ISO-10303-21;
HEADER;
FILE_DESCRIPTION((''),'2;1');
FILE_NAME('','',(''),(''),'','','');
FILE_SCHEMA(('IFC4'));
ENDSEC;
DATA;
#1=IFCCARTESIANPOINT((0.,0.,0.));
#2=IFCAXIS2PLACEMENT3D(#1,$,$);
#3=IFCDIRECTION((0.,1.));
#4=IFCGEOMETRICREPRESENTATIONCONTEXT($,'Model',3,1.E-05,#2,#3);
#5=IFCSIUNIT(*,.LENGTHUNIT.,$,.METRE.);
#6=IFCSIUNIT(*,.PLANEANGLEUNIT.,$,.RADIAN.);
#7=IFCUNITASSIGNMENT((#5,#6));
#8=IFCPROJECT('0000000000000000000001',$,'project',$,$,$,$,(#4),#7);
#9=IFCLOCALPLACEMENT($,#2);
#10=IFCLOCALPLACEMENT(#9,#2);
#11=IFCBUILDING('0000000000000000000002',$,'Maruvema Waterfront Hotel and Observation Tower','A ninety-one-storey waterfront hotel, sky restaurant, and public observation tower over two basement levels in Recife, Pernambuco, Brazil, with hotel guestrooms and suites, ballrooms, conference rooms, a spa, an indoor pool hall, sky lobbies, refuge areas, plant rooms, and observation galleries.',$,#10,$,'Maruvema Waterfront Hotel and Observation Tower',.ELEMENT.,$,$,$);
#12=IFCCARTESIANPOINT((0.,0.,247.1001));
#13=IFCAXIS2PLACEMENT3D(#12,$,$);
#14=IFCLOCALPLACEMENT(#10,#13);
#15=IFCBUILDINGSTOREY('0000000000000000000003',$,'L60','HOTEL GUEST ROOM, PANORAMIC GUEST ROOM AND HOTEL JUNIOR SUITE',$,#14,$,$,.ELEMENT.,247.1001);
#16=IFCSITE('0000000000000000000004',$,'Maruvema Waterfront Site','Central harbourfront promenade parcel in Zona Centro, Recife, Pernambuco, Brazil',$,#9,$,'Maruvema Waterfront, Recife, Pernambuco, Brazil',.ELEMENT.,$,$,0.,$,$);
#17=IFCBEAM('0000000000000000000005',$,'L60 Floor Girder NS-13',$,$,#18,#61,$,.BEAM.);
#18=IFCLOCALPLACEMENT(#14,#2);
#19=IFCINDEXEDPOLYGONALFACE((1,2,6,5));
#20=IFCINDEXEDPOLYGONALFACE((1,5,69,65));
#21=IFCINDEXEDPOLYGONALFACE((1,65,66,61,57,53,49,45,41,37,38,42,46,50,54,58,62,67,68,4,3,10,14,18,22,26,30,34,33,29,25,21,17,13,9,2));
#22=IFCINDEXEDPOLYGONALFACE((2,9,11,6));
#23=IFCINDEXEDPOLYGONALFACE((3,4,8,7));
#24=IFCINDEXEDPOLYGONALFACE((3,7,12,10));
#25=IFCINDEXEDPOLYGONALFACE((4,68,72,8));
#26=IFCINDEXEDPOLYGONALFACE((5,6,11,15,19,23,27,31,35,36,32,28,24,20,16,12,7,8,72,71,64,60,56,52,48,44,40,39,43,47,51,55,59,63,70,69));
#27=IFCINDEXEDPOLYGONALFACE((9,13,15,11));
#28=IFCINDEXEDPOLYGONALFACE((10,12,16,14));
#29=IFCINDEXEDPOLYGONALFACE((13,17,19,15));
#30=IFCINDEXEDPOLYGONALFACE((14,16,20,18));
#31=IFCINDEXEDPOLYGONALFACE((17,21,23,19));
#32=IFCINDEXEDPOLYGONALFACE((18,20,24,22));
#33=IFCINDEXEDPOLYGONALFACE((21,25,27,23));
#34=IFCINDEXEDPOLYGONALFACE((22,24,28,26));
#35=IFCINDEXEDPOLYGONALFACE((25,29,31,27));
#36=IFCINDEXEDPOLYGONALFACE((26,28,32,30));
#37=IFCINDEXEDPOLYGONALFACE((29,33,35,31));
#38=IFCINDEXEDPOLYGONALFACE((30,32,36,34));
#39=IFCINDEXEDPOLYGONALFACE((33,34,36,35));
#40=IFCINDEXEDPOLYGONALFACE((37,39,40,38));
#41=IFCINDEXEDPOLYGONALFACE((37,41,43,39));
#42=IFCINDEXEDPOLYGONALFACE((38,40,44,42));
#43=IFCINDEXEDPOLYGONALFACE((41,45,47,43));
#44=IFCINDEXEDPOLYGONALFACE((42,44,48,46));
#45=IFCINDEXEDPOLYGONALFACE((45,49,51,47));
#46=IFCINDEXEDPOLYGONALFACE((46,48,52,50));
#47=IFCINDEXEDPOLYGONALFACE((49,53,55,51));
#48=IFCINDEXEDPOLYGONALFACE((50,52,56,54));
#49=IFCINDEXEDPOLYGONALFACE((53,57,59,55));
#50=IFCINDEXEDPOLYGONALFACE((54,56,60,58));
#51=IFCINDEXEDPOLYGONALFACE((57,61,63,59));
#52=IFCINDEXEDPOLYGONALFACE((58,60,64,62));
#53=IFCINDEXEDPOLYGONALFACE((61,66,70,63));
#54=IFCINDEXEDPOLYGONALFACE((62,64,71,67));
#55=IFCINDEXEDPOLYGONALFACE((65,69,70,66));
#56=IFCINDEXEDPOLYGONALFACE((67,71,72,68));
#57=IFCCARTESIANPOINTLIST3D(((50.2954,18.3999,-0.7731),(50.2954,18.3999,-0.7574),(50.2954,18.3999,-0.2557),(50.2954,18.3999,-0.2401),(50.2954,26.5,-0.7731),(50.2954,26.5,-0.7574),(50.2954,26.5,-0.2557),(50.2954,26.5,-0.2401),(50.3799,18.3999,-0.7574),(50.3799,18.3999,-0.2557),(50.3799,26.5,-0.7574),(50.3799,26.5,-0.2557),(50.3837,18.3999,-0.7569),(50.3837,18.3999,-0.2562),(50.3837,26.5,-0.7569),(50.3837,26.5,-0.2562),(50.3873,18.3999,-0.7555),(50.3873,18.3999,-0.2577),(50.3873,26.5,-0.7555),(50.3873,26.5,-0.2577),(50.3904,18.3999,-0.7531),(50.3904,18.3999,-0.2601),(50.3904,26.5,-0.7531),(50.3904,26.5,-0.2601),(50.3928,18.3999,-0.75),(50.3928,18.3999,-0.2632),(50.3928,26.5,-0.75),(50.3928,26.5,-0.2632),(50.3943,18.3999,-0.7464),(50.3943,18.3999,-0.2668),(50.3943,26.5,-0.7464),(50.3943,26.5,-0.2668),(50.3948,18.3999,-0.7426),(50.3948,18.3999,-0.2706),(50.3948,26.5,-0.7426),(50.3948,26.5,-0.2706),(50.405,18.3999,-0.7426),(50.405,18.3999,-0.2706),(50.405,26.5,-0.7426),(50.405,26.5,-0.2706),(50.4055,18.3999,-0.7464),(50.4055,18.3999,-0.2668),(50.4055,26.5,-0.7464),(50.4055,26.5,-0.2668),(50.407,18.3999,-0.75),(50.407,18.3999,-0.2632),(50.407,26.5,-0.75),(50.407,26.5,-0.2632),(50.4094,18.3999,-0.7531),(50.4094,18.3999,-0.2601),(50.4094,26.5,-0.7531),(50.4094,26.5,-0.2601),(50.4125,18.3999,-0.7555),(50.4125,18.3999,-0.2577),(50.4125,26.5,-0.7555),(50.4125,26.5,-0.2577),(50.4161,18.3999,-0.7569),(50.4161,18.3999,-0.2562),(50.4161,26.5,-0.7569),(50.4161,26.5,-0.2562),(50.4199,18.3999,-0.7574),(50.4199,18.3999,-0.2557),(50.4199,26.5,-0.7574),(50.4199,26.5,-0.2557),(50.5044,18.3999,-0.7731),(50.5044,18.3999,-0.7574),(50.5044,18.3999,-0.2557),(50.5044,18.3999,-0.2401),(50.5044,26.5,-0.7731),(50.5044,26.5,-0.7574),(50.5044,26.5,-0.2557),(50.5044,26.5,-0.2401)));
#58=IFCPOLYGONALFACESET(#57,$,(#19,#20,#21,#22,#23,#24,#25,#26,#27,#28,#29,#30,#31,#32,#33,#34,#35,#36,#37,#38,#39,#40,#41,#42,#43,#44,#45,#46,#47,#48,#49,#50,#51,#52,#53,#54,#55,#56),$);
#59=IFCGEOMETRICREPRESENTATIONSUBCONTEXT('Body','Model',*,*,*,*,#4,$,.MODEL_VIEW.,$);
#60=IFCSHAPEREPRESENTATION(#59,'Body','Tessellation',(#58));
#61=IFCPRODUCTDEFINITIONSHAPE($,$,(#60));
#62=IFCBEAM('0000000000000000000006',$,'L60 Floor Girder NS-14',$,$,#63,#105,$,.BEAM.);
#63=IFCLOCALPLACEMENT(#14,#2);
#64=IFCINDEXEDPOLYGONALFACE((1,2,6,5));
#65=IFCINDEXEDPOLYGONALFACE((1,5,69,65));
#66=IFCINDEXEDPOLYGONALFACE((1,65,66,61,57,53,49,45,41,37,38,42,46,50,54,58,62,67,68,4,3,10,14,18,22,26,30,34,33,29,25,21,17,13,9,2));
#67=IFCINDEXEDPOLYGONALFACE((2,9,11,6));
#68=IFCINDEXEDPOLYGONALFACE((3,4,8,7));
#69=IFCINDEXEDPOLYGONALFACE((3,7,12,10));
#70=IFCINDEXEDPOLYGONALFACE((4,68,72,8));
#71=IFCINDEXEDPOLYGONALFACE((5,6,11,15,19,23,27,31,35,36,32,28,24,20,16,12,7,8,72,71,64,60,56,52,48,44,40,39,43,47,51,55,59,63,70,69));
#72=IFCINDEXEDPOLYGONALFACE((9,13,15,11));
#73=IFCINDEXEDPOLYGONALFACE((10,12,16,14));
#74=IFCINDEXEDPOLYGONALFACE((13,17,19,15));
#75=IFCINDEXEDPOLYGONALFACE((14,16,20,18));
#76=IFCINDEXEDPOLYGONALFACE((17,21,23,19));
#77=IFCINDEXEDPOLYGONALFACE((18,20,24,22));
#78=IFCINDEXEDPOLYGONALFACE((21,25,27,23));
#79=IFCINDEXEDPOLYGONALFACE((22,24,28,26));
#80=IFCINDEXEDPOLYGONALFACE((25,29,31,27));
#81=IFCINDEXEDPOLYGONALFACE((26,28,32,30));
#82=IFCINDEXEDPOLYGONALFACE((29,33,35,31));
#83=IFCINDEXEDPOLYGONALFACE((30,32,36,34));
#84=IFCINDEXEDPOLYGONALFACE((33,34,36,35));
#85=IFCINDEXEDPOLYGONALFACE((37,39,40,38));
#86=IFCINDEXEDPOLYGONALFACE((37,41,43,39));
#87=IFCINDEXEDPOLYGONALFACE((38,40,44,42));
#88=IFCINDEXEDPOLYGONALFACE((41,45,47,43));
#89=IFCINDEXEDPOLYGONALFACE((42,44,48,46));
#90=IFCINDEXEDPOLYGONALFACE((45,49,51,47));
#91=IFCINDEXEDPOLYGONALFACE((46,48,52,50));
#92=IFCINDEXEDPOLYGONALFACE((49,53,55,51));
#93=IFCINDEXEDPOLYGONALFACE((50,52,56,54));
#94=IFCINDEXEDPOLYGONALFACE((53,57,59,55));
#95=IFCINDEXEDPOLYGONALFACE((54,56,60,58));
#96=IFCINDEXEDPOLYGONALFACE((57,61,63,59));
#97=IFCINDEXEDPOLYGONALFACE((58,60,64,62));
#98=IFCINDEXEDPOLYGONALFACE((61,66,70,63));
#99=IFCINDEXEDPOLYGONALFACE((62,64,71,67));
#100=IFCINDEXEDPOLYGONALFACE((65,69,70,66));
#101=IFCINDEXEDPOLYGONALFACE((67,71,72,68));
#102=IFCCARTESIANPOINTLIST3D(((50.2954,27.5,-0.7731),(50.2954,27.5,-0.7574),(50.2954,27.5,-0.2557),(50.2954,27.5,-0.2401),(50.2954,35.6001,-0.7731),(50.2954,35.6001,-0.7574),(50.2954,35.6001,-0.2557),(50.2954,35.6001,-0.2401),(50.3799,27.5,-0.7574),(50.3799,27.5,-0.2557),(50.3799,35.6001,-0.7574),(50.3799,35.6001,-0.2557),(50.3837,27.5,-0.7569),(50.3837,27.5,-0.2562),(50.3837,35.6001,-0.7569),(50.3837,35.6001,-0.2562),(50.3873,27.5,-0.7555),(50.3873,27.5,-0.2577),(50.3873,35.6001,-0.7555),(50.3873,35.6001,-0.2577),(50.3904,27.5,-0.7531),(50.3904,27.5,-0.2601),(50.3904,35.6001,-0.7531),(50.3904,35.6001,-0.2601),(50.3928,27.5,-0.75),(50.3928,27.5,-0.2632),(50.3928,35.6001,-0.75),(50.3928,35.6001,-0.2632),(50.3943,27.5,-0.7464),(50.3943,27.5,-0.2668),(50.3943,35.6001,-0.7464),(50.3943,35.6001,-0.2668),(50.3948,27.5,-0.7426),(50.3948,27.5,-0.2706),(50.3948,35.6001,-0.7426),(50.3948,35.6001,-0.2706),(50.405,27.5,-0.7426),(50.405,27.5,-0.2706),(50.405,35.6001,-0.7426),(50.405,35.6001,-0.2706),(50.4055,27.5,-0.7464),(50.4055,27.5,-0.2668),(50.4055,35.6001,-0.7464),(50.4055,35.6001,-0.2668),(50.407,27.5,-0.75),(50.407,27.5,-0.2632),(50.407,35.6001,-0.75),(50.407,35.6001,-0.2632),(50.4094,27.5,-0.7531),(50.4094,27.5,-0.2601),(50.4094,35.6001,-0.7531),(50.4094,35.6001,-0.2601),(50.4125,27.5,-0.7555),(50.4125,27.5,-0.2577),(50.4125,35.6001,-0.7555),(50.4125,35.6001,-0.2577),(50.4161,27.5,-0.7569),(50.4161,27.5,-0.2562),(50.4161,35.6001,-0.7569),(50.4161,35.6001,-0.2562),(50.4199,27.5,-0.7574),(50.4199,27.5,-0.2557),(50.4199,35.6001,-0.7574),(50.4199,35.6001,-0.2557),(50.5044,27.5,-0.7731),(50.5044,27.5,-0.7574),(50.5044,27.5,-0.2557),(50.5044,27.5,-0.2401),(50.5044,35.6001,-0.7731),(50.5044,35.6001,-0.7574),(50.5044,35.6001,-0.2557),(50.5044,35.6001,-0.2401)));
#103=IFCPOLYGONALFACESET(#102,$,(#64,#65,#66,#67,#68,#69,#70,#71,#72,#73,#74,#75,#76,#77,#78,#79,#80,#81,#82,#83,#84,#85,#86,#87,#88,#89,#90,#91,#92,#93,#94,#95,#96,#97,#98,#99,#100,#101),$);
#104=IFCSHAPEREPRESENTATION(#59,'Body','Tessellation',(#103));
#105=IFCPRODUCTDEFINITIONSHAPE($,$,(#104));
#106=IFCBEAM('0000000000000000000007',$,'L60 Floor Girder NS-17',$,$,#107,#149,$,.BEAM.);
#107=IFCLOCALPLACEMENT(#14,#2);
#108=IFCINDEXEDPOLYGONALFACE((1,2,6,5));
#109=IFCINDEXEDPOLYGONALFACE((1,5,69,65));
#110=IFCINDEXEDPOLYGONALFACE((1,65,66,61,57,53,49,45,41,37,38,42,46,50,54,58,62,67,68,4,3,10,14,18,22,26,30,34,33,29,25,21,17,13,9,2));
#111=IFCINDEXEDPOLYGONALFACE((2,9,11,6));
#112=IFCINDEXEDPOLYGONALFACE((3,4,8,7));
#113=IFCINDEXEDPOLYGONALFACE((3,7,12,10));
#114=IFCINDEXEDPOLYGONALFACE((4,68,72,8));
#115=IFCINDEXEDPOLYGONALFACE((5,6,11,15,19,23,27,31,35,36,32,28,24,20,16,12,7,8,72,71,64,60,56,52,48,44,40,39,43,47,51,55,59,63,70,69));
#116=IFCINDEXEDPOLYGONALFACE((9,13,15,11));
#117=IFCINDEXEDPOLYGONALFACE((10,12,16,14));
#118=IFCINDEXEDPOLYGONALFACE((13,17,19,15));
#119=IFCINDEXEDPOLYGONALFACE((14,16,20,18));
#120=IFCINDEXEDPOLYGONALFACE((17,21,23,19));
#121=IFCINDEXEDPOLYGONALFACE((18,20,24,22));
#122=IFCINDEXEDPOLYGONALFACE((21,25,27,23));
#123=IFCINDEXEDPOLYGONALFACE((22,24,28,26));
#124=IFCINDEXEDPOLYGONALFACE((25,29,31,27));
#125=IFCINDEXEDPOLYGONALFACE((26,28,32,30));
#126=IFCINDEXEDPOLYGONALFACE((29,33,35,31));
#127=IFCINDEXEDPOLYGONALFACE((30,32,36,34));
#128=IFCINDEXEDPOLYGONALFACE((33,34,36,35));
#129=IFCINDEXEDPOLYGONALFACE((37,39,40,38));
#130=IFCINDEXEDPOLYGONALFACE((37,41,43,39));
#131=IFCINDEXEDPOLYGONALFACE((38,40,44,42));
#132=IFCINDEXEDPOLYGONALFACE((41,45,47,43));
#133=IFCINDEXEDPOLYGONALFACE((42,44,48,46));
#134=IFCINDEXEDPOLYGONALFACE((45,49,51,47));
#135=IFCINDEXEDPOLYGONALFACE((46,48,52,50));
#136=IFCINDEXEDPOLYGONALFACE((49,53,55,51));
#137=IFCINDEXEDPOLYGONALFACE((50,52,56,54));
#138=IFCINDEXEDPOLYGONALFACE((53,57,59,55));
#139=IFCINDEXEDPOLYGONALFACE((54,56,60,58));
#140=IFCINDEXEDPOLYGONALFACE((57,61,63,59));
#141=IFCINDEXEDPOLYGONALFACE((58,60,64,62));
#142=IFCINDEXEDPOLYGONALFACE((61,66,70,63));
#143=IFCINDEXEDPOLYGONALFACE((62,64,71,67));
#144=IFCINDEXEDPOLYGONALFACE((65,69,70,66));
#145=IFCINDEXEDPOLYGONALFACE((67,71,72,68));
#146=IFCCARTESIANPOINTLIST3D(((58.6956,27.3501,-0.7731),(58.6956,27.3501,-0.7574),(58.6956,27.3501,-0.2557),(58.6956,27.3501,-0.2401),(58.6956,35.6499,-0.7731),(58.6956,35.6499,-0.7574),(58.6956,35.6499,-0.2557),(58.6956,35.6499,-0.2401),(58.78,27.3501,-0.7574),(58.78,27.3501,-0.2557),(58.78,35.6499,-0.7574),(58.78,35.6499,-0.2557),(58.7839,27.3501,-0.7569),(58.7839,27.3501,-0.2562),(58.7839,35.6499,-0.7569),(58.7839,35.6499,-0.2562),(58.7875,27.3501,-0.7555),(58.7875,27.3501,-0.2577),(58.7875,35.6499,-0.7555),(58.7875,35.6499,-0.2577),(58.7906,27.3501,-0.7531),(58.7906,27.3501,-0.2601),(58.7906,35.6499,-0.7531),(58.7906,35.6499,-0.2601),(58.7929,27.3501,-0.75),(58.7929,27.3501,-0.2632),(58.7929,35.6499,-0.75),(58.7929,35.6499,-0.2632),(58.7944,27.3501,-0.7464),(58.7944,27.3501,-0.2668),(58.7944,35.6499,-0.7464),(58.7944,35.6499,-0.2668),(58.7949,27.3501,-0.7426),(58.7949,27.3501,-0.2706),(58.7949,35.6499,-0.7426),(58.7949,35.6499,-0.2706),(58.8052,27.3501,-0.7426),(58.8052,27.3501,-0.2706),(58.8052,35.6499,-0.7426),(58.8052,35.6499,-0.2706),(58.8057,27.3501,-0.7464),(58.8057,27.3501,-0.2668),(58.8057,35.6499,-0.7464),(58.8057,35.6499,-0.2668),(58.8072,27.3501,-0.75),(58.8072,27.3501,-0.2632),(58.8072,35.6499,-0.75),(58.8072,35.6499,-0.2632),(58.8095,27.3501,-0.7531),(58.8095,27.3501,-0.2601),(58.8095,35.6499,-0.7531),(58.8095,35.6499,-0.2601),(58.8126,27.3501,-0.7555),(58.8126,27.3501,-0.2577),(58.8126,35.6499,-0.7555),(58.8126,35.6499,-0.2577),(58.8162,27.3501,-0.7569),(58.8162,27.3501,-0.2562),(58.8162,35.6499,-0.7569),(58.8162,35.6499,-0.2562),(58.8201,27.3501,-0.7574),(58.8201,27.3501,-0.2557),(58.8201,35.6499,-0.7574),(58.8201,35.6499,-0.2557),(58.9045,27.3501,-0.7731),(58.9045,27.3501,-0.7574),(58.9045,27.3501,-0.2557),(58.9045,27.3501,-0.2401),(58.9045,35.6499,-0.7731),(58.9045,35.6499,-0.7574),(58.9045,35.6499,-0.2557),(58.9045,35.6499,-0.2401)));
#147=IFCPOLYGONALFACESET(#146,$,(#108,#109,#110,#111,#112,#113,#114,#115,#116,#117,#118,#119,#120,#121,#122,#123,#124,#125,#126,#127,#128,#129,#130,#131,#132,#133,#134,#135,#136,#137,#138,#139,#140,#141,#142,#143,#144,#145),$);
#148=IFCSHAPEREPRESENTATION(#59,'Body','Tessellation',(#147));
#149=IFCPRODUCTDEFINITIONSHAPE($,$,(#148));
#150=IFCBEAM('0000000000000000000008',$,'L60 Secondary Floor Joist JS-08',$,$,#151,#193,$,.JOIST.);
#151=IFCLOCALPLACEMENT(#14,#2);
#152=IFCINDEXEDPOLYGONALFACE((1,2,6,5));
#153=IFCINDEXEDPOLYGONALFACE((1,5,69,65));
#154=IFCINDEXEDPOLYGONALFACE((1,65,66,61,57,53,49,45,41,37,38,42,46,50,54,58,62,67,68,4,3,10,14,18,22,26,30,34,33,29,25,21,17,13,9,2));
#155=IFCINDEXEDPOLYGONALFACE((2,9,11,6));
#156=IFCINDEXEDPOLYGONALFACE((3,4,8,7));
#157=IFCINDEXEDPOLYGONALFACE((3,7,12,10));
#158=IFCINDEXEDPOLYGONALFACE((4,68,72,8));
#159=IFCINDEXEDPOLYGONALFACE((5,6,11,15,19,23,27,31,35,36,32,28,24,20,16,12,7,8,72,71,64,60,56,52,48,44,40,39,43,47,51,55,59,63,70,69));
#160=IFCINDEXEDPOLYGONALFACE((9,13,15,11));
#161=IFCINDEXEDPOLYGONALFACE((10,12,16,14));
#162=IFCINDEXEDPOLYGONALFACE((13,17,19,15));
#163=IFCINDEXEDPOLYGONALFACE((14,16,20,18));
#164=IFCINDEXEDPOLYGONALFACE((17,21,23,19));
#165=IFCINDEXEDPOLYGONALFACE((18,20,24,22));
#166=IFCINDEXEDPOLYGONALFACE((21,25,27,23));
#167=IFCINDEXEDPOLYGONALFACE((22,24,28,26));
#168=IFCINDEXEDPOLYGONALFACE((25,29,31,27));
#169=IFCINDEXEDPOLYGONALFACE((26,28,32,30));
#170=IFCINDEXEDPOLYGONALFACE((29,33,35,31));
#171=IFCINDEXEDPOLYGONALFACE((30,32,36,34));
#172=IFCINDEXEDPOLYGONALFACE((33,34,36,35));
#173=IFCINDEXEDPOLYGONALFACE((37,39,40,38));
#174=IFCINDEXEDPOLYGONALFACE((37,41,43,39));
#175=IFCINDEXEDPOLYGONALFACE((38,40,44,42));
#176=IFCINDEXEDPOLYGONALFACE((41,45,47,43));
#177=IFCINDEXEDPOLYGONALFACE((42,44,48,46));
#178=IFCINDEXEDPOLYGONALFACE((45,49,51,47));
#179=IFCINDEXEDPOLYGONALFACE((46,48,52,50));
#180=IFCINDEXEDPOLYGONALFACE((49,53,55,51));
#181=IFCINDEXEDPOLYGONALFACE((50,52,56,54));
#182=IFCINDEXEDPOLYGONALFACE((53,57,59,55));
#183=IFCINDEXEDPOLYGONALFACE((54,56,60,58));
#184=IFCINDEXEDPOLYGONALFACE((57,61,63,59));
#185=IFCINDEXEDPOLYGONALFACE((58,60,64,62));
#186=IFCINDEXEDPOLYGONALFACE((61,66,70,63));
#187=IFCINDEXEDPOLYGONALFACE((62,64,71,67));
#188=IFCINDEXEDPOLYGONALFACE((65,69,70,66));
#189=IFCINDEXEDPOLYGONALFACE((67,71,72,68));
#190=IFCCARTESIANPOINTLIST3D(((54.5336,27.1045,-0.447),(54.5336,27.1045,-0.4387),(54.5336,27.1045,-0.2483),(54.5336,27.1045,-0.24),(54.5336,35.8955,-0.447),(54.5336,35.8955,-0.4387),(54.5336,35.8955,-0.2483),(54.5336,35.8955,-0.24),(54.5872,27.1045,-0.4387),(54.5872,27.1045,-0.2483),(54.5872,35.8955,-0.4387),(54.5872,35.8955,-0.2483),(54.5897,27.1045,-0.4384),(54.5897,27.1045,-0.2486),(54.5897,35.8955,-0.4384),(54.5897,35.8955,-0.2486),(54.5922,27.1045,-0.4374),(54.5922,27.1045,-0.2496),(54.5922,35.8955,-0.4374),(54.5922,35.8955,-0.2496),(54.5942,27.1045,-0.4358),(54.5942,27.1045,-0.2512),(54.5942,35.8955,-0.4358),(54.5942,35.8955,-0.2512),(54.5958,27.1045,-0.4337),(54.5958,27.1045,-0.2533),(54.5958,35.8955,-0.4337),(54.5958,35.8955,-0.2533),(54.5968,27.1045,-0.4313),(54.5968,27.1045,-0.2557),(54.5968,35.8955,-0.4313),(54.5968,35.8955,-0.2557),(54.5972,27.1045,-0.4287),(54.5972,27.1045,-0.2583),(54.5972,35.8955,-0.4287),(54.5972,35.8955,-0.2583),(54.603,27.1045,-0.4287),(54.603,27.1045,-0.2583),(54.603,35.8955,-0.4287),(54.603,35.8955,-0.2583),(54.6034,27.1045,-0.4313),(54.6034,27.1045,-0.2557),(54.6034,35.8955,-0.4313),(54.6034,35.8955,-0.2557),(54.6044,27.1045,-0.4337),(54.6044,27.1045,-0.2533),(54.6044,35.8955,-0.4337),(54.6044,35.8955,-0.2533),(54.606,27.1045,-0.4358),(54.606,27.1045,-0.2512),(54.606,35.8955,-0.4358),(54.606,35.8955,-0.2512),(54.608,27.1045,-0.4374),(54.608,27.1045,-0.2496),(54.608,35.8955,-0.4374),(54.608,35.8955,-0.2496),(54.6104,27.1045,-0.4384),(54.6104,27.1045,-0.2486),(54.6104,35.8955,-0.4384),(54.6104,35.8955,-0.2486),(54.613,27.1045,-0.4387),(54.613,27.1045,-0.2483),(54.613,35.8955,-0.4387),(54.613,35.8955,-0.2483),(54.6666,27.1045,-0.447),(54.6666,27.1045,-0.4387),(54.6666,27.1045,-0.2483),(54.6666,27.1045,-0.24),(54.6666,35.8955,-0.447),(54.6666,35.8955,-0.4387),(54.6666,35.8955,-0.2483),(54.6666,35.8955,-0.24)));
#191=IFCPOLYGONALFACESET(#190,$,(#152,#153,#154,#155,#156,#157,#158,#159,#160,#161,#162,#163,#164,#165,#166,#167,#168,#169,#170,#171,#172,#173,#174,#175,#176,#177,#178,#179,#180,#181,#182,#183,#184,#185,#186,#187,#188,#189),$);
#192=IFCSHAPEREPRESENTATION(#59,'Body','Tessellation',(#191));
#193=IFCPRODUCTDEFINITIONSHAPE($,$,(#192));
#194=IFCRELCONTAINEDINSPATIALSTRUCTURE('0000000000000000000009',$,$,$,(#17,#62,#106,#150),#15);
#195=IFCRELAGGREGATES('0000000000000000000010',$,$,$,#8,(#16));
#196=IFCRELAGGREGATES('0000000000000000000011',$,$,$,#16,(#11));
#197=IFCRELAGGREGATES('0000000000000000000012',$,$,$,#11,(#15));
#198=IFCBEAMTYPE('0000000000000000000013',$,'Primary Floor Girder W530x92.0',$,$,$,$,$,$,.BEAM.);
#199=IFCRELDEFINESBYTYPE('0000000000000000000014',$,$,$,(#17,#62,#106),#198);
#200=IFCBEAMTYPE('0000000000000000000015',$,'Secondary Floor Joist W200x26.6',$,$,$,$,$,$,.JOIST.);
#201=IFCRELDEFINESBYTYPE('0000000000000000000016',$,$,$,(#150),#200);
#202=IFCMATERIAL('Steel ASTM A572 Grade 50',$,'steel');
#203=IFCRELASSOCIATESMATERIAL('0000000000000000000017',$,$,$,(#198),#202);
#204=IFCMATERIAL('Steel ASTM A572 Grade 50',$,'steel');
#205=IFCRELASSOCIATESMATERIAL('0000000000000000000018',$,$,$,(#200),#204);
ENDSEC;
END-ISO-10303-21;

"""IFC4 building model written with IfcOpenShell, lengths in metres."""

from ifc_helpers import new_model, si_unit, direction, frame, origin, origin_2d, place, context, subcontext, project, spatial, i_section, extrude, material, material_profile, profile_set, type_object, element, save


model = new_model("IFC4")

# Units and contexts
model_context = context("Model", 3, precision=1e-05, world=origin(), true_north=direction((0.0, 1.0)))
body_context = subcontext(model_context, "Body", "Model", "MODEL_VIEW")
ifc_project = project(units=[si_unit("LENGTHUNIT", "METRE"), si_unit("PLANEANGLEUNIT", "RADIAN")], contexts=[model_context])

# Site, building, storey
site_placement = place(None, origin())
site = spatial("IfcSite", under=ifc_project, at=site_placement, Name="Maruvema Waterfront Site", Description="Central harbourfront promenade parcel in Zona Centro, Recife, Pernambuco, Brazil", LongName="Maruvema Waterfront, Recife, Pernambuco, Brazil", CompositionType="ELEMENT", RefElevation=0.0)
building_placement = place(site_placement, origin())
building = spatial("IfcBuilding", under=site, at=building_placement, Name="Maruvema Waterfront Hotel and Observation Tower", Description="A ninety-one-storey waterfront hotel, sky restaurant, and public observation tower over two basement levels in Recife, Pernambuco, Brazil, with hotel guestrooms and suites, ballrooms, conference rooms, a spa, an indoor pool hall, sky lobbies, refuge areas, plant rooms, and observation galleries.", LongName="Maruvema Waterfront Hotel and Observation Tower", CompositionType="ELEMENT")
storey_placement = place(building_placement, frame((0.0, 0.0, 247.1001)))
storey = spatial("IfcBuildingStorey", under=building, at=storey_placement, Name="L60", Description="HOTEL GUEST ROOM, PANORAMIC GUEST ROOM AND HOTEL JUNIOR SUITE", CompositionType="ELEMENT", Elevation=247.1001)

# Beams
ifc_material_1 = material(Name="Steel ASTM A572 Grade 50", Category="steel")
ifc_material_profile_1 = material_profile(ifc_material_1, i_section(OverallWidth=0.209, OverallDepth=0.533, WebThickness=0.0103, FlangeThickness=0.0156, FilletRadius=0.0149, at=origin_2d()), Name="W530x92.0")
ifc_profile_set_1 = profile_set([ifc_material_profile_1], Name="Steel ASTM A572 Grade 50")
beam_type_1 = type_object("IfcBeamType", Name="Primary Floor Girder W530x92.0", PredefinedType="BEAM", material=ifc_profile_set_1)
for number, where, z_axis, x_axis, name in (
    (1, (50.3999, 18.3999, -0.5066), (0.0, 1.0, 0.0), (-1.0, 0.0, 0.0), "L60 Floor Girder NS-13"),
    (2, (50.3999, 27.5, -0.5066), (0.0, 1.0, 0.0), (-1.0, 0.0, 0.0), "L60 Floor Girder NS-14"),
):
    element("IfcBeam", number, at=place(storey_placement, frame(where, z_axis=z_axis, x_axis=x_axis)), inside=storey, type_object=beam_type_1, Name=name, PredefinedType="BEAM", context=body_context, shape_type="SweptSolid", body=[
        extrude(i_section(OverallWidth=0.209, OverallDepth=0.533, WebThickness=0.0103, FlangeThickness=0.0156, FilletRadius=0.0149, at=origin_2d()), origin(), (0.0, 0.0, 1.0), 8.1001),
    ])
beam_1_placement = place(storey_placement, frame((58.8, 27.3501, -0.5066), z_axis=(0.0, 1.0, 0.0), x_axis=(-1.0, 0.0, 0.0)))
element("IfcBeam", 3, at=beam_1_placement, inside=storey, type_object=beam_type_1, Name="L60 Floor Girder NS-17", PredefinedType="BEAM", context=body_context, shape_type="SweptSolid", body=[
    extrude(i_section(OverallWidth=0.209, OverallDepth=0.533, WebThickness=0.0103, FlangeThickness=0.0156, FilletRadius=0.0149, at=origin_2d()), origin(), (0.0, 0.0, 1.0), 8.2998),
])
ifc_material_2 = material(Name="Steel ASTM A572 Grade 50", Category="steel")
ifc_material_profile_2 = material_profile(ifc_material_2, i_section(OverallWidth=0.1331, OverallDepth=0.207, WebThickness=0.0059, FlangeThickness=0.0083, FilletRadius=0.01, at=origin_2d()), Name="W200x26.6")
ifc_profile_set_2 = profile_set([ifc_material_profile_2], Name="Steel ASTM A572 Grade 50")
beam_type_2 = type_object("IfcBeamType", Name="Secondary Floor Joist W200x26.6", PredefinedType="JOIST", material=ifc_profile_set_2)
beam_2_placement = place(storey_placement, frame((54.6001, 27.1045, -0.3435), z_axis=(0.0, 1.0, 0.0), x_axis=(-1.0, 0.0, 0.0)))
element("IfcBeam", 4, at=beam_2_placement, inside=storey, type_object=beam_type_2, Name="L60 Secondary Floor Joist JS-08", PredefinedType="JOIST", context=body_context, shape_type="SweptSolid", body=[
    extrude(i_section(OverallWidth=0.1331, OverallDepth=0.207, WebThickness=0.0059, FlangeThickness=0.0083, FilletRadius=0.01, at=origin_2d()), origin(), (0.0, 0.0, 1.0), 8.791),
])

save(model, "model.ifc")
